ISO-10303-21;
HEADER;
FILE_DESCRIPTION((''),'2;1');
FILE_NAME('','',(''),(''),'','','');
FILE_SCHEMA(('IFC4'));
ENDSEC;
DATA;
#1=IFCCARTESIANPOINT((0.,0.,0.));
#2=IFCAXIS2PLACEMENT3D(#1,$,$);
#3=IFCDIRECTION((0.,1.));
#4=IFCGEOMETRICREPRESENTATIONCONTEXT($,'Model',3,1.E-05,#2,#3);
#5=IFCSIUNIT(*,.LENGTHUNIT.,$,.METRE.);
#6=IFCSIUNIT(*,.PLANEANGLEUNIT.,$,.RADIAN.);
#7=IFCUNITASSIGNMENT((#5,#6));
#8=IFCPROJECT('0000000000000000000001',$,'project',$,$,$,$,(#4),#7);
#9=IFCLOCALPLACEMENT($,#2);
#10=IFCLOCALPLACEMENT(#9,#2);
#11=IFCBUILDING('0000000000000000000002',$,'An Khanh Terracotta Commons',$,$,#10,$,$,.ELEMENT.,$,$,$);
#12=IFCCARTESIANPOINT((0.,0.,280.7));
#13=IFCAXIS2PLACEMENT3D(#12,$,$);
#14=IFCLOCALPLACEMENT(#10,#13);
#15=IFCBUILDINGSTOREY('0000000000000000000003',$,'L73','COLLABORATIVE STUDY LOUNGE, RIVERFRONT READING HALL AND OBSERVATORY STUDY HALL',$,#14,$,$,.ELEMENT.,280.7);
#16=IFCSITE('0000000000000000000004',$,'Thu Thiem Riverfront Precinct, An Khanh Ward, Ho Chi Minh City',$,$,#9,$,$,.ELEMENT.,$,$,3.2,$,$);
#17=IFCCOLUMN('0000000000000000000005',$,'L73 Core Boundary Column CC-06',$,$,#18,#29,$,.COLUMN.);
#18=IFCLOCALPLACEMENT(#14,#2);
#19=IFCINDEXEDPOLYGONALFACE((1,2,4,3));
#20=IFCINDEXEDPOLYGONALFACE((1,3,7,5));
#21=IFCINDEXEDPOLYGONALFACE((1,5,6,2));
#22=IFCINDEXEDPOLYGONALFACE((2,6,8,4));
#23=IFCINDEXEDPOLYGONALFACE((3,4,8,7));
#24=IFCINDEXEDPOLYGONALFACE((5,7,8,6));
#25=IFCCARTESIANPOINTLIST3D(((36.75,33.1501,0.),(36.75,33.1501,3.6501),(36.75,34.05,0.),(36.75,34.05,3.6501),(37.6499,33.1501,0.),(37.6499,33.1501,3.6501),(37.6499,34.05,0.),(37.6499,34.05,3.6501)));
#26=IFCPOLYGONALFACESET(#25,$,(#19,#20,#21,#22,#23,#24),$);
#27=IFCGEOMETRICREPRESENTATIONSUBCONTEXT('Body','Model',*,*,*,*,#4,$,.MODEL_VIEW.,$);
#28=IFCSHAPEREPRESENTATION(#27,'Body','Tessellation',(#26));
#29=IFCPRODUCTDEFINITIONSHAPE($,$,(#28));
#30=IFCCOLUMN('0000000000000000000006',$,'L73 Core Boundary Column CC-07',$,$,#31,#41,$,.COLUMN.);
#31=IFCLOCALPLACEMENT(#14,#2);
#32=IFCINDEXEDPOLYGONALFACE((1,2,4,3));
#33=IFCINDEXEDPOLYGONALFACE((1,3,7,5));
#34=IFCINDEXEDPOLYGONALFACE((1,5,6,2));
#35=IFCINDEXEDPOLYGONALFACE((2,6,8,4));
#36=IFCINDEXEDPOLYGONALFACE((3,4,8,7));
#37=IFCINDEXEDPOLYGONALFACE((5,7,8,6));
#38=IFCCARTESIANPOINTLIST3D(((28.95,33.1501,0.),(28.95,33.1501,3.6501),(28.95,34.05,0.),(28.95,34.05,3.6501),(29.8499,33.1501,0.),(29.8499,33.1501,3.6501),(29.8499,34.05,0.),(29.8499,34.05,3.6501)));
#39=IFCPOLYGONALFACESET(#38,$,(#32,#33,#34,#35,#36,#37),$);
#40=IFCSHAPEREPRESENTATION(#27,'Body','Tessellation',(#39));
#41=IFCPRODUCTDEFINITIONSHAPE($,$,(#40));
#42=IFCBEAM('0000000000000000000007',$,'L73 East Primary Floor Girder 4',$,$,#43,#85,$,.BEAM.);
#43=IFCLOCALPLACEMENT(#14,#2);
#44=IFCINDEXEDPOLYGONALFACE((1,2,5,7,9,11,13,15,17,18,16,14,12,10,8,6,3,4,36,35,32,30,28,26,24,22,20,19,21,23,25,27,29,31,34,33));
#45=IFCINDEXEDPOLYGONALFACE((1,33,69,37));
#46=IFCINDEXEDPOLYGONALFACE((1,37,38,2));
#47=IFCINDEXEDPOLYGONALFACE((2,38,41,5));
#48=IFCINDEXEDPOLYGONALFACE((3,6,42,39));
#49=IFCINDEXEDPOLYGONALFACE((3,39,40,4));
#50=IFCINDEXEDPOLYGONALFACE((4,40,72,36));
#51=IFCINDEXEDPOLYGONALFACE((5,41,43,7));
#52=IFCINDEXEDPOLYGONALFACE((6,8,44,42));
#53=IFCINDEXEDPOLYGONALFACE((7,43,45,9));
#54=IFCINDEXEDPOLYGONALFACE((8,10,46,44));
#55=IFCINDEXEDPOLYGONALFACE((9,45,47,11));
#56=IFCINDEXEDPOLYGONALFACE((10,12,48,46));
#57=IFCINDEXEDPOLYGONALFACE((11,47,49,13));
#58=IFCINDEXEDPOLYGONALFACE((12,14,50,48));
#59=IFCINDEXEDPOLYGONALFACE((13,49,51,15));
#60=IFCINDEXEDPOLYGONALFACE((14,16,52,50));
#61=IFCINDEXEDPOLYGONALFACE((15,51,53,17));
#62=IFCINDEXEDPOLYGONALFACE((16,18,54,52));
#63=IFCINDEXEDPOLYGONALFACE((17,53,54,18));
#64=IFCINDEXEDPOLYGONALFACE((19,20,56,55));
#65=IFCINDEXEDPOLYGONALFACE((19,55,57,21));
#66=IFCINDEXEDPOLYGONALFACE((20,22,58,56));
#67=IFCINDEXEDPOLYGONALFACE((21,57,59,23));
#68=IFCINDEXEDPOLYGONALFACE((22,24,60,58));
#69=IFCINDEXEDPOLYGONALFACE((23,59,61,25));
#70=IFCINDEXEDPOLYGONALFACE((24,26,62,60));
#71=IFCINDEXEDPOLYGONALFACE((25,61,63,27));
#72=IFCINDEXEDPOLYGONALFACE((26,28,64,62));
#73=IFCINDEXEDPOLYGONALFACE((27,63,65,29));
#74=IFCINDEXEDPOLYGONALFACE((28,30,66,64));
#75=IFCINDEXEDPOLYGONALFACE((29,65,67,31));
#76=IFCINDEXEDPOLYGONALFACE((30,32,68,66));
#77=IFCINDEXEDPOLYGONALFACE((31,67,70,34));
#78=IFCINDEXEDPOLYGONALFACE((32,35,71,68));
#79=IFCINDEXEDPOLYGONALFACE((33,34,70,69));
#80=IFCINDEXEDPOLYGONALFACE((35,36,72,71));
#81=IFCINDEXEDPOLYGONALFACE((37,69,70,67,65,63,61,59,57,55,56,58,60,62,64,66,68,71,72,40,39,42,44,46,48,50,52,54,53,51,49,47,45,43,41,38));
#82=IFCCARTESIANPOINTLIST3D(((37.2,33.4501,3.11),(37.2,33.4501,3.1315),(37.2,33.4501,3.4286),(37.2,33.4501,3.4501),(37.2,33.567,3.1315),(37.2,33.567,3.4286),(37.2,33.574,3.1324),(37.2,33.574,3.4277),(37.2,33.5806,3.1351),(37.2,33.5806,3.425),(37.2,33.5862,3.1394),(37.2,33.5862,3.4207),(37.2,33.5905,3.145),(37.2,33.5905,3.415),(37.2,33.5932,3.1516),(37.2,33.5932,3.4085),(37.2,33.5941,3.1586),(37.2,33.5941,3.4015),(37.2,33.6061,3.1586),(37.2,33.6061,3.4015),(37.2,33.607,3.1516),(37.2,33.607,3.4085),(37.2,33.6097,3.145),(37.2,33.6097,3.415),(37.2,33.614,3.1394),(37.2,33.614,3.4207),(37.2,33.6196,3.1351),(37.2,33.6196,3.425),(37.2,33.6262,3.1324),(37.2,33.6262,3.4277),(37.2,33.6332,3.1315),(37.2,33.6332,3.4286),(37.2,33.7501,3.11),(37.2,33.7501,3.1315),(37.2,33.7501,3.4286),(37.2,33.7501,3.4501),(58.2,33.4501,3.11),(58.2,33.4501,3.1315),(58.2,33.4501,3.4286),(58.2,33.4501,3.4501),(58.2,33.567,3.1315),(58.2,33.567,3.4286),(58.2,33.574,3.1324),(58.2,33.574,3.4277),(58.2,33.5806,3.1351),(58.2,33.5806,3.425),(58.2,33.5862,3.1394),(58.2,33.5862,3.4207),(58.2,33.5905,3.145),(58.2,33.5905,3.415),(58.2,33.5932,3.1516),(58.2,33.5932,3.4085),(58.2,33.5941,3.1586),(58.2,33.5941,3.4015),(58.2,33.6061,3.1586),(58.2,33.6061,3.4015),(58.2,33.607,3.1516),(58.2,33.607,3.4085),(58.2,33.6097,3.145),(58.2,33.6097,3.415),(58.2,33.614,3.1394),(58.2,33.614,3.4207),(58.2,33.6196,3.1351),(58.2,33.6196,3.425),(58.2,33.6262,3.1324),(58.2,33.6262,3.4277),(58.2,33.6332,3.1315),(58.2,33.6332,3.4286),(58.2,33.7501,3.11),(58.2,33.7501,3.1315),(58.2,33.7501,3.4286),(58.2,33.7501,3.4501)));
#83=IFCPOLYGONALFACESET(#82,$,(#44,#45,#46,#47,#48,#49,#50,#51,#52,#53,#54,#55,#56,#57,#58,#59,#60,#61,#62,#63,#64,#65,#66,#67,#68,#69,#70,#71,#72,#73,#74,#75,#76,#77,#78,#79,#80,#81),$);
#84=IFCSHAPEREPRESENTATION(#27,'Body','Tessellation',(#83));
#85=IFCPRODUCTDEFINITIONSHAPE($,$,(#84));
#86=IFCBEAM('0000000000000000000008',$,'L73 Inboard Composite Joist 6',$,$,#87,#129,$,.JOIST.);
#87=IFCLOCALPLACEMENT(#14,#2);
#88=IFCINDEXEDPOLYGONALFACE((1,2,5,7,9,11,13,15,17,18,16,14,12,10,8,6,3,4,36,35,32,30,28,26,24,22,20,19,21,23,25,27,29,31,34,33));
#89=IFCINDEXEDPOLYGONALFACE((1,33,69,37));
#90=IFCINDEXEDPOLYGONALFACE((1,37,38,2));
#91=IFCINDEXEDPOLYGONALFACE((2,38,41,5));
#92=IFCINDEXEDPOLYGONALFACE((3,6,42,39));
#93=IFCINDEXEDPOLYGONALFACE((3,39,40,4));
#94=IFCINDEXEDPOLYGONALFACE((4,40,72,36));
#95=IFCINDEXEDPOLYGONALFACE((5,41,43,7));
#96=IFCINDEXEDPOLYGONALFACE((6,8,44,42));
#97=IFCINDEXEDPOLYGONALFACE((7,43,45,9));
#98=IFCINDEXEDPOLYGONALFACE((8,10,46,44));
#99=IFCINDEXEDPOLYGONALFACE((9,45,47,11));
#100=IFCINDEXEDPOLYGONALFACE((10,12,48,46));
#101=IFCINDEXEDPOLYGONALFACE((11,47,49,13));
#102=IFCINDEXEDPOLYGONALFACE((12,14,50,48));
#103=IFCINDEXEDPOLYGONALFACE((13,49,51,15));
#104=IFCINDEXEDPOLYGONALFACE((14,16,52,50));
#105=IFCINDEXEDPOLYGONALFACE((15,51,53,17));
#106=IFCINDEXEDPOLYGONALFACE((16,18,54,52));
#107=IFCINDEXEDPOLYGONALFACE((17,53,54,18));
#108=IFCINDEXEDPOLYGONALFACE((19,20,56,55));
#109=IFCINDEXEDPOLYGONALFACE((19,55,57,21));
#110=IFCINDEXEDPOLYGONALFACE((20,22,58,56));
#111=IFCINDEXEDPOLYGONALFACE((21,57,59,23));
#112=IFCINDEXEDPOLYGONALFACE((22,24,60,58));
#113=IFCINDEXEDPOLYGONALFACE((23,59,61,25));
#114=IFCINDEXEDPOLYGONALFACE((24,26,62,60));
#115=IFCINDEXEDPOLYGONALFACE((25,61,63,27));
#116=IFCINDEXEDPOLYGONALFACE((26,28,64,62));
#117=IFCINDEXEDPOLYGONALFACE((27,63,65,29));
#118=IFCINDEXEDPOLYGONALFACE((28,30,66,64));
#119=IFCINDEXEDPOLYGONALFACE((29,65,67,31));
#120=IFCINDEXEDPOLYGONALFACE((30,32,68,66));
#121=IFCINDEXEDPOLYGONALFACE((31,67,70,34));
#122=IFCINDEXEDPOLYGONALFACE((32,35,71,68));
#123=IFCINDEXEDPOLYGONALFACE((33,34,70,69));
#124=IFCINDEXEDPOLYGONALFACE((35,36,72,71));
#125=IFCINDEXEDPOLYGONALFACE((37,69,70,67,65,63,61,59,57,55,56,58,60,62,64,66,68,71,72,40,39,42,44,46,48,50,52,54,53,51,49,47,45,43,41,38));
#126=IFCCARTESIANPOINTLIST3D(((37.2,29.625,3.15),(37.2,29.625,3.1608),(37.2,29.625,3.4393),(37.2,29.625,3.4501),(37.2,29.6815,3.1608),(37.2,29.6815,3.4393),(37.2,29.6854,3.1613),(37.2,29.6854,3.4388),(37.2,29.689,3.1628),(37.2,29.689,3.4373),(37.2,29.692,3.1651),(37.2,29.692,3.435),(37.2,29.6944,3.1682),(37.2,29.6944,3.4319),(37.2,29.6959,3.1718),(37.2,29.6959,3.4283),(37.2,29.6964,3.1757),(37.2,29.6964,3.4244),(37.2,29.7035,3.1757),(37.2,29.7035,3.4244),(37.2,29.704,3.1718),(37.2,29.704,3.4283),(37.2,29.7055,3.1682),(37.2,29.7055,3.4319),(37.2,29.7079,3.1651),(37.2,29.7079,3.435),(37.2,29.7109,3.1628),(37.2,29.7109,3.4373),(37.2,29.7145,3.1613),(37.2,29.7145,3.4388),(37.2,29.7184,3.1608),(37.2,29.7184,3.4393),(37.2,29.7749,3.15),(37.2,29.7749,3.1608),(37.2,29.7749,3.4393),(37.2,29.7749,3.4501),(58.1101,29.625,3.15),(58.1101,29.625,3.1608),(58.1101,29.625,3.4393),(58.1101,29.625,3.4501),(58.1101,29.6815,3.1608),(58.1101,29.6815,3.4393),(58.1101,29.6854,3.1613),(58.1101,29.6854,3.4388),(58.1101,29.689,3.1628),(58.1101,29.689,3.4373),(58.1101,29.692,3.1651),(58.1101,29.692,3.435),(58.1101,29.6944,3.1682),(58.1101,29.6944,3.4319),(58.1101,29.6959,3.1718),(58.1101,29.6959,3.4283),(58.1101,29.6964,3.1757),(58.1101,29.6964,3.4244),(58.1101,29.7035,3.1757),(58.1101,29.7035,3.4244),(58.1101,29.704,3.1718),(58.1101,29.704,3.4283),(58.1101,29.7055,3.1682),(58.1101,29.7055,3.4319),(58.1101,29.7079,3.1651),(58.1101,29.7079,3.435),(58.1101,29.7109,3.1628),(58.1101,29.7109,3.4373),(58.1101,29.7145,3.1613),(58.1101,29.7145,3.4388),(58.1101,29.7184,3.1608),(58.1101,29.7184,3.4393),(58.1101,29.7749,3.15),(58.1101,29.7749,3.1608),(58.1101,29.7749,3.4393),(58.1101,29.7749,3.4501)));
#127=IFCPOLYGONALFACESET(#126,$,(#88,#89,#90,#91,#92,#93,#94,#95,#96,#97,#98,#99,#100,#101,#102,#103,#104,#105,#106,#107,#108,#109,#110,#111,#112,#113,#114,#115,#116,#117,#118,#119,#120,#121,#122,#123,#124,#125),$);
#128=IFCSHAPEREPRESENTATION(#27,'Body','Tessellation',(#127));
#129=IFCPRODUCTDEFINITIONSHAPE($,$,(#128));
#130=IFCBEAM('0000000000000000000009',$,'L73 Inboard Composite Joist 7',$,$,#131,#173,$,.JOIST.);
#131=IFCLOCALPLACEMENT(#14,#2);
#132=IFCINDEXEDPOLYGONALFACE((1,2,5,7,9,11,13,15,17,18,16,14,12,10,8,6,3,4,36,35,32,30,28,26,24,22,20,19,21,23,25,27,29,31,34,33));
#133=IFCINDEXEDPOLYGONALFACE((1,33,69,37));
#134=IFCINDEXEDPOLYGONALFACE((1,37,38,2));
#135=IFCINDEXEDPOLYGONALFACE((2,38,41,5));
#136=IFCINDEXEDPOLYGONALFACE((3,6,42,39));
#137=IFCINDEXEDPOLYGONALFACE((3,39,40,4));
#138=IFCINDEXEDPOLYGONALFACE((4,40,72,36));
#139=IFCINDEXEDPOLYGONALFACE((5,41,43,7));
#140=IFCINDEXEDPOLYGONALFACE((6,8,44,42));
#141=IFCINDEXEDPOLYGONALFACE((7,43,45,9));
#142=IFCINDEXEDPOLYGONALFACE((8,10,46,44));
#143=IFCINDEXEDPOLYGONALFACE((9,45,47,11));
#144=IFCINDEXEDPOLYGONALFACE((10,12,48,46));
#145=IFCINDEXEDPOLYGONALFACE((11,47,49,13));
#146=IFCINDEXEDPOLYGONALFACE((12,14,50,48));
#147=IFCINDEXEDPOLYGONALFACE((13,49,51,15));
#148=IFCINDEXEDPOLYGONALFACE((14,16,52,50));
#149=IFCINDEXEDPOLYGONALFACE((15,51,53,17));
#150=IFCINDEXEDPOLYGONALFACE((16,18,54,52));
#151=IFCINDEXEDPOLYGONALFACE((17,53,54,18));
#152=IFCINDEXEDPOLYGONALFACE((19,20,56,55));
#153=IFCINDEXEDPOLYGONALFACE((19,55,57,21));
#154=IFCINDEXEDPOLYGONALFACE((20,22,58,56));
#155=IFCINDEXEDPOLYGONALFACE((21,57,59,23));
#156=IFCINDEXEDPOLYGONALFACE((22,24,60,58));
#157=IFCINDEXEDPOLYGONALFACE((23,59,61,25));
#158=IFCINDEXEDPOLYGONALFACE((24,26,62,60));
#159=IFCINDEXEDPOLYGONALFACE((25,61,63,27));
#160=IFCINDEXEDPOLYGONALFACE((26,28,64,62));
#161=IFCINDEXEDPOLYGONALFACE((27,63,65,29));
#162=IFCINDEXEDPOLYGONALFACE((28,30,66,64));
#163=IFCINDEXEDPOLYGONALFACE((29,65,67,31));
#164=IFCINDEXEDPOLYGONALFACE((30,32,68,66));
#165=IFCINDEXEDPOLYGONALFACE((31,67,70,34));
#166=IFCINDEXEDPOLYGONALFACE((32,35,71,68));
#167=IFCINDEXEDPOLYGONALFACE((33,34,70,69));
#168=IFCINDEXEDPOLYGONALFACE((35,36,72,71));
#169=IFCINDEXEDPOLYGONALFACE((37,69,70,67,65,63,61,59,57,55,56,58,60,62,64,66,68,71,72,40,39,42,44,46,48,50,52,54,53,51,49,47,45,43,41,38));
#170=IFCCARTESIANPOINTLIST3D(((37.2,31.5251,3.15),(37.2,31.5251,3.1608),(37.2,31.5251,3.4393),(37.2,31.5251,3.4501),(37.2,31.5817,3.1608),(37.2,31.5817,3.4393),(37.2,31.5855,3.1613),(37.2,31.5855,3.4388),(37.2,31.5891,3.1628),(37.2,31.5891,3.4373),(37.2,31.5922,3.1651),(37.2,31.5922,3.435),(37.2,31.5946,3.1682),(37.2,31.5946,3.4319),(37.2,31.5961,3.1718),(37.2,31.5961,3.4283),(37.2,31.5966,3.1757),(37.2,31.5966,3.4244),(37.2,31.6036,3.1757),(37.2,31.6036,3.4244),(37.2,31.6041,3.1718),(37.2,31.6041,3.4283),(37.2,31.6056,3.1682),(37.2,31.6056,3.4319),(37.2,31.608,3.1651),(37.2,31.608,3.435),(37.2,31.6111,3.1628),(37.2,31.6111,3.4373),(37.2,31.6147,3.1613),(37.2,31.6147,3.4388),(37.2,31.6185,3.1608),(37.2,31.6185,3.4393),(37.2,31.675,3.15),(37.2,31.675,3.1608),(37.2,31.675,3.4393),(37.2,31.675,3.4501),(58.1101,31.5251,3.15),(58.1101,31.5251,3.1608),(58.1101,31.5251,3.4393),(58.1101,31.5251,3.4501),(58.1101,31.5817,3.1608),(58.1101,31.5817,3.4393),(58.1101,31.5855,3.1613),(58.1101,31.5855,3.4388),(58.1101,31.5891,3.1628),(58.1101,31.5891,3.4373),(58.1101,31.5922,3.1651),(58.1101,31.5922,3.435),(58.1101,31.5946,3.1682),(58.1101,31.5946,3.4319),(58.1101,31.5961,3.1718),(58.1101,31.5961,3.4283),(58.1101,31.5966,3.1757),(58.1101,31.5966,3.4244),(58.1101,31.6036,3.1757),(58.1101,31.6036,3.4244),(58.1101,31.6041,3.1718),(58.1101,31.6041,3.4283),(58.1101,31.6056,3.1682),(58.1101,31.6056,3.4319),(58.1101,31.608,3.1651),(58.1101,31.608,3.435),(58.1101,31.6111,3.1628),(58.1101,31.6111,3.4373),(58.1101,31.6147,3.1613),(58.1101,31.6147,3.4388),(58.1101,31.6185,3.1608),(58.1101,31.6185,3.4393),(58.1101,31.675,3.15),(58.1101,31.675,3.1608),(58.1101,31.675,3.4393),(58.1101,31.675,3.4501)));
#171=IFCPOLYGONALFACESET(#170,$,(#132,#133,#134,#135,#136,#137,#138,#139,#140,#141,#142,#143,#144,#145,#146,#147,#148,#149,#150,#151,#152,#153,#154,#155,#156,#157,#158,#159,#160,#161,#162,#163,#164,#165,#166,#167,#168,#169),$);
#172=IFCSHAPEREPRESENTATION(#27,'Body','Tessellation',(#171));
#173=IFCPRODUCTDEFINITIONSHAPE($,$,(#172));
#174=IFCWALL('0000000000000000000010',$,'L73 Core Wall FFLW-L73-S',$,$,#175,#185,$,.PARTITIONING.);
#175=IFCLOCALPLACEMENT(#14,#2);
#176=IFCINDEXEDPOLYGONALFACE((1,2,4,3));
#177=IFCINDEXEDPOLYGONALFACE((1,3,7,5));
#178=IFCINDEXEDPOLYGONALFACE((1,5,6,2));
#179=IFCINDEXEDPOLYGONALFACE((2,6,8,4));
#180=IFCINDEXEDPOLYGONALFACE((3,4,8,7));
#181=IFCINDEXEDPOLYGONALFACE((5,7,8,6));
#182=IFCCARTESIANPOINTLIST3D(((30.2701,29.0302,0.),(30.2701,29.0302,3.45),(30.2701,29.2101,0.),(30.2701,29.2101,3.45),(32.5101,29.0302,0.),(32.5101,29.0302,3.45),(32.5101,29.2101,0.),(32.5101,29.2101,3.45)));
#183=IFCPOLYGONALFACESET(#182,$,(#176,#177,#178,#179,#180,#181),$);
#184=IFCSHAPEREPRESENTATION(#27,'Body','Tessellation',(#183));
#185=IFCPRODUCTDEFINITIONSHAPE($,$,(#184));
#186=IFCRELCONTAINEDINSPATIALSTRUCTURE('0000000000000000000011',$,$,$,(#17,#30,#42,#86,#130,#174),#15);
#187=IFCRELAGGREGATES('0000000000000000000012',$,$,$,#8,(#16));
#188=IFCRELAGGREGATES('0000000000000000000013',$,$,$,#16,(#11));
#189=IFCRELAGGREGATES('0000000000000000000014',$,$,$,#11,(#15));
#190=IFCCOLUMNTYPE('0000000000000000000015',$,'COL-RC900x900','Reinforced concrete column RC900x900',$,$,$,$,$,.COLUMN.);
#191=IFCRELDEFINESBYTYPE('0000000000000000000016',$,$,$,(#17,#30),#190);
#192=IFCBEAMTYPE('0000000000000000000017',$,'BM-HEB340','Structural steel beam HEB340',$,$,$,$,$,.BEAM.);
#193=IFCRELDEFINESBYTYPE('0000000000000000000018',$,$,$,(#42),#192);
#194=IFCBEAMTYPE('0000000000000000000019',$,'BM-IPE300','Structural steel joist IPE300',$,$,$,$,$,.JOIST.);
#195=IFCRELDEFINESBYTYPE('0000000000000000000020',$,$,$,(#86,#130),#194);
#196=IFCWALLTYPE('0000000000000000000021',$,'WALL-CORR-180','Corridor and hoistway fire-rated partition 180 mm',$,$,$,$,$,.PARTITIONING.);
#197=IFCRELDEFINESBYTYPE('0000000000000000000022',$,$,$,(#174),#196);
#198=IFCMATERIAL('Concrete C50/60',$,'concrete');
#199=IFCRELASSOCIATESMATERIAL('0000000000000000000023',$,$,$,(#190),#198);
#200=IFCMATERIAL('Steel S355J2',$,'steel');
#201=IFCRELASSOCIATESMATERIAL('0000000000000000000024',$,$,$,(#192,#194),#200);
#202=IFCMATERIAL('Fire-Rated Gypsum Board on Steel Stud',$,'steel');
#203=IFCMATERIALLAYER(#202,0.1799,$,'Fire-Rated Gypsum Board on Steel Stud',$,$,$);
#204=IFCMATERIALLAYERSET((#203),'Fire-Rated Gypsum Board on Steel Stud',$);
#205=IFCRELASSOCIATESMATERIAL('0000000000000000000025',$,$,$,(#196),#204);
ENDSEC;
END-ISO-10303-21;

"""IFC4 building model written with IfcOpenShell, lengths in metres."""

from ifc_helpers import new_model, si_unit, direction, frame, frame_2d, origin, origin_2d, place, context, subcontext, project, spatial, rectangle, i_section, extrude, material, layer, layer_set, material_profile, profile_set, type_object, element, save


model = new_model("IFC4")

# Units and contexts
model_context = context("Model", 3, precision=1e-05, world=origin(), true_north=direction((0.0, 1.0)))
body_context = subcontext(model_context, "Body", "Model", "MODEL_VIEW")
ifc_project = project(units=[si_unit("LENGTHUNIT", "METRE"), si_unit("PLANEANGLEUNIT", "RADIAN")], contexts=[model_context])

# Site, building, storey
site_placement = place(None, origin())
site = spatial("IfcSite", under=ifc_project, at=site_placement, Name="Thu Thiem Riverfront Precinct, An Khanh Ward, Ho Chi Minh City", CompositionType="ELEMENT", RefElevation=3.2)
building_placement = place(site_placement, origin())
building = spatial("IfcBuilding", under=site, at=building_placement, Name="An Khanh Terracotta Commons", CompositionType="ELEMENT")
storey_placement = place(building_placement, frame((0.0, 0.0, 280.7)))
storey = spatial("IfcBuildingStorey", under=building, at=storey_placement, Name="L73", Description="COLLABORATIVE STUDY LOUNGE, RIVERFRONT READING HALL AND OBSERVATORY STUDY HALL", CompositionType="ELEMENT", Elevation=280.7)

# Columns
ifc_material_1 = material(Name="Concrete C50/60", Category="concrete")
ifc_material_profile_1 = material_profile(ifc_material_1, rectangle(XDim=0.8999, YDim=0.8999, at=origin_2d()), Name="RC900x900")
ifc_profile_set_1 = profile_set([ifc_material_profile_1], Name="Concrete C50/60")
column_type = type_object("IfcColumnType", Name="COL-RC900x900", Description="Reinforced concrete column RC900x900", PredefinedType="COLUMN", material=ifc_profile_set_1)
for number, where, z_axis, x_axis, name in (
    (1, (37.2, 33.6001, 0.0), (0.0, 0.0, 1.0), (1.0, 0.0, 0.0), "L73 Core Boundary Column CC-06"),
    (2, (29.3999, 33.6001, 0.0), (0.0, 0.0, 1.0), (1.0, 0.0, 0.0), "L73 Core Boundary Column CC-07"),
):
    element("IfcColumn", number, at=place(storey_placement, frame(where, z_axis=z_axis, x_axis=x_axis)), inside=storey, type_object=column_type, Name=name, PredefinedType="COLUMN", context=body_context, shape_type="SweptSolid", body=[
        extrude(rectangle(XDim=0.8999, YDim=0.8999, at=origin_2d()), origin(), (0.0, 0.0, 1.0), 3.6501),
    ])

# Beams
ifc_material_2 = material(Name="Steel S355J2", Category="steel")
ifc_material_profile_2 = material_profile(ifc_material_2, i_section(OverallWidth=0.3, OverallDepth=0.3401, WebThickness=0.012, FlangeThickness=0.0215, FilletRadius=0.0271, at=origin_2d()), Name="HEB340")
ifc_profile_set_2 = profile_set([ifc_material_profile_2], Name="Steel S355J2")
beam_type_1 = type_object("IfcBeamType", Name="BM-HEB340", Description="Structural steel beam HEB340", PredefinedType="BEAM", material=ifc_profile_set_2)
beam_placement = place(storey_placement, frame((37.2, 33.6001, 3.28), z_axis=(1.0, 0.0, 0.0), x_axis=(0.0, 1.0, 0.0)))
element("IfcBeam", 3, at=beam_placement, inside=storey, type_object=beam_type_1, Name="L73 East Primary Floor Girder 4", PredefinedType="BEAM", context=body_context, shape_type="SweptSolid", body=[
    extrude(i_section(OverallWidth=0.3, OverallDepth=0.3401, WebThickness=0.012, FlangeThickness=0.0215, FilletRadius=0.0271, at=origin_2d()), origin(), (0.0, 0.0, 1.0), 21.0),
])
ifc_material_profile_3 = material_profile(ifc_material_2, i_section(OverallWidth=0.1499, OverallDepth=0.3, WebThickness=0.0071, FlangeThickness=0.0107, FilletRadius=0.0149, at=origin_2d()), Name="IPE300")
ifc_profile_set_3 = profile_set([ifc_material_profile_3], Name="Steel S355J2")
beam_type_2 = type_object("IfcBeamType", Name="BM-IPE300", Description="Structural steel joist IPE300", PredefinedType="JOIST", material=ifc_profile_set_3)
for number, where, z_axis, x_axis, name in (
    (4, (37.2, 29.7, 3.3), (1.0, 0.0, 0.0), (0.0, 1.0, 0.0), "L73 Inboard Composite Joist 6"),
    (5, (37.2, 31.6001, 3.3), (1.0, 0.0, 0.0), (0.0, 1.0, 0.0), "L73 Inboard Composite Joist 7"),
):
    element("IfcBeam", number, at=place(storey_placement, frame(where, z_axis=z_axis, x_axis=x_axis)), inside=storey, type_object=beam_type_2, Name=name, PredefinedType="JOIST", context=body_context, shape_type="SweptSolid", body=[
        extrude(i_section(OverallWidth=0.1499, OverallDepth=0.3, WebThickness=0.0071, FlangeThickness=0.0107, FilletRadius=0.0149, at=origin_2d()), origin(), (0.0, 0.0, 1.0), 20.9102),
    ])

# Wall
ifc_material_3 = material(Name="Fire-Rated Gypsum Board on Steel Stud", Category="steel")
ifc_layer_1 = layer(ifc_material_3, 0.1799, Name="Fire-Rated Gypsum Board on Steel Stud")
ifc_layer_set_1 = layer_set([ifc_layer_1], Name="Fire-Rated Gypsum Board on Steel Stud")
wall_type_1 = type_object("IfcWallType", Name="WALL-CORR-180", Description="Corridor and hoistway fire-rated partition 180 mm", PredefinedType="PARTITIONING", material=ifc_layer_set_1)
wall_1_placement = place(storey_placement, frame((30.27, 29.1201, 0.0), z_axis=(0.0, 0.0, 1.0), x_axis=(1.0, 0.0, 0.0)))
element("IfcWall", 6, at=wall_1_placement, inside=storey, type_object=wall_type_1, Name="L73 Core Wall FFLW-L73-S", PredefinedType="PARTITIONING", context=body_context, shape_type="SweptSolid", body=[
    extrude(rectangle(XDim=2.24, YDim=0.1799, at=frame_2d((1.1201, 0.0))), origin(), (0.0, 0.0, 1.0), 3.45),
])

save(model, "model.ifc")
